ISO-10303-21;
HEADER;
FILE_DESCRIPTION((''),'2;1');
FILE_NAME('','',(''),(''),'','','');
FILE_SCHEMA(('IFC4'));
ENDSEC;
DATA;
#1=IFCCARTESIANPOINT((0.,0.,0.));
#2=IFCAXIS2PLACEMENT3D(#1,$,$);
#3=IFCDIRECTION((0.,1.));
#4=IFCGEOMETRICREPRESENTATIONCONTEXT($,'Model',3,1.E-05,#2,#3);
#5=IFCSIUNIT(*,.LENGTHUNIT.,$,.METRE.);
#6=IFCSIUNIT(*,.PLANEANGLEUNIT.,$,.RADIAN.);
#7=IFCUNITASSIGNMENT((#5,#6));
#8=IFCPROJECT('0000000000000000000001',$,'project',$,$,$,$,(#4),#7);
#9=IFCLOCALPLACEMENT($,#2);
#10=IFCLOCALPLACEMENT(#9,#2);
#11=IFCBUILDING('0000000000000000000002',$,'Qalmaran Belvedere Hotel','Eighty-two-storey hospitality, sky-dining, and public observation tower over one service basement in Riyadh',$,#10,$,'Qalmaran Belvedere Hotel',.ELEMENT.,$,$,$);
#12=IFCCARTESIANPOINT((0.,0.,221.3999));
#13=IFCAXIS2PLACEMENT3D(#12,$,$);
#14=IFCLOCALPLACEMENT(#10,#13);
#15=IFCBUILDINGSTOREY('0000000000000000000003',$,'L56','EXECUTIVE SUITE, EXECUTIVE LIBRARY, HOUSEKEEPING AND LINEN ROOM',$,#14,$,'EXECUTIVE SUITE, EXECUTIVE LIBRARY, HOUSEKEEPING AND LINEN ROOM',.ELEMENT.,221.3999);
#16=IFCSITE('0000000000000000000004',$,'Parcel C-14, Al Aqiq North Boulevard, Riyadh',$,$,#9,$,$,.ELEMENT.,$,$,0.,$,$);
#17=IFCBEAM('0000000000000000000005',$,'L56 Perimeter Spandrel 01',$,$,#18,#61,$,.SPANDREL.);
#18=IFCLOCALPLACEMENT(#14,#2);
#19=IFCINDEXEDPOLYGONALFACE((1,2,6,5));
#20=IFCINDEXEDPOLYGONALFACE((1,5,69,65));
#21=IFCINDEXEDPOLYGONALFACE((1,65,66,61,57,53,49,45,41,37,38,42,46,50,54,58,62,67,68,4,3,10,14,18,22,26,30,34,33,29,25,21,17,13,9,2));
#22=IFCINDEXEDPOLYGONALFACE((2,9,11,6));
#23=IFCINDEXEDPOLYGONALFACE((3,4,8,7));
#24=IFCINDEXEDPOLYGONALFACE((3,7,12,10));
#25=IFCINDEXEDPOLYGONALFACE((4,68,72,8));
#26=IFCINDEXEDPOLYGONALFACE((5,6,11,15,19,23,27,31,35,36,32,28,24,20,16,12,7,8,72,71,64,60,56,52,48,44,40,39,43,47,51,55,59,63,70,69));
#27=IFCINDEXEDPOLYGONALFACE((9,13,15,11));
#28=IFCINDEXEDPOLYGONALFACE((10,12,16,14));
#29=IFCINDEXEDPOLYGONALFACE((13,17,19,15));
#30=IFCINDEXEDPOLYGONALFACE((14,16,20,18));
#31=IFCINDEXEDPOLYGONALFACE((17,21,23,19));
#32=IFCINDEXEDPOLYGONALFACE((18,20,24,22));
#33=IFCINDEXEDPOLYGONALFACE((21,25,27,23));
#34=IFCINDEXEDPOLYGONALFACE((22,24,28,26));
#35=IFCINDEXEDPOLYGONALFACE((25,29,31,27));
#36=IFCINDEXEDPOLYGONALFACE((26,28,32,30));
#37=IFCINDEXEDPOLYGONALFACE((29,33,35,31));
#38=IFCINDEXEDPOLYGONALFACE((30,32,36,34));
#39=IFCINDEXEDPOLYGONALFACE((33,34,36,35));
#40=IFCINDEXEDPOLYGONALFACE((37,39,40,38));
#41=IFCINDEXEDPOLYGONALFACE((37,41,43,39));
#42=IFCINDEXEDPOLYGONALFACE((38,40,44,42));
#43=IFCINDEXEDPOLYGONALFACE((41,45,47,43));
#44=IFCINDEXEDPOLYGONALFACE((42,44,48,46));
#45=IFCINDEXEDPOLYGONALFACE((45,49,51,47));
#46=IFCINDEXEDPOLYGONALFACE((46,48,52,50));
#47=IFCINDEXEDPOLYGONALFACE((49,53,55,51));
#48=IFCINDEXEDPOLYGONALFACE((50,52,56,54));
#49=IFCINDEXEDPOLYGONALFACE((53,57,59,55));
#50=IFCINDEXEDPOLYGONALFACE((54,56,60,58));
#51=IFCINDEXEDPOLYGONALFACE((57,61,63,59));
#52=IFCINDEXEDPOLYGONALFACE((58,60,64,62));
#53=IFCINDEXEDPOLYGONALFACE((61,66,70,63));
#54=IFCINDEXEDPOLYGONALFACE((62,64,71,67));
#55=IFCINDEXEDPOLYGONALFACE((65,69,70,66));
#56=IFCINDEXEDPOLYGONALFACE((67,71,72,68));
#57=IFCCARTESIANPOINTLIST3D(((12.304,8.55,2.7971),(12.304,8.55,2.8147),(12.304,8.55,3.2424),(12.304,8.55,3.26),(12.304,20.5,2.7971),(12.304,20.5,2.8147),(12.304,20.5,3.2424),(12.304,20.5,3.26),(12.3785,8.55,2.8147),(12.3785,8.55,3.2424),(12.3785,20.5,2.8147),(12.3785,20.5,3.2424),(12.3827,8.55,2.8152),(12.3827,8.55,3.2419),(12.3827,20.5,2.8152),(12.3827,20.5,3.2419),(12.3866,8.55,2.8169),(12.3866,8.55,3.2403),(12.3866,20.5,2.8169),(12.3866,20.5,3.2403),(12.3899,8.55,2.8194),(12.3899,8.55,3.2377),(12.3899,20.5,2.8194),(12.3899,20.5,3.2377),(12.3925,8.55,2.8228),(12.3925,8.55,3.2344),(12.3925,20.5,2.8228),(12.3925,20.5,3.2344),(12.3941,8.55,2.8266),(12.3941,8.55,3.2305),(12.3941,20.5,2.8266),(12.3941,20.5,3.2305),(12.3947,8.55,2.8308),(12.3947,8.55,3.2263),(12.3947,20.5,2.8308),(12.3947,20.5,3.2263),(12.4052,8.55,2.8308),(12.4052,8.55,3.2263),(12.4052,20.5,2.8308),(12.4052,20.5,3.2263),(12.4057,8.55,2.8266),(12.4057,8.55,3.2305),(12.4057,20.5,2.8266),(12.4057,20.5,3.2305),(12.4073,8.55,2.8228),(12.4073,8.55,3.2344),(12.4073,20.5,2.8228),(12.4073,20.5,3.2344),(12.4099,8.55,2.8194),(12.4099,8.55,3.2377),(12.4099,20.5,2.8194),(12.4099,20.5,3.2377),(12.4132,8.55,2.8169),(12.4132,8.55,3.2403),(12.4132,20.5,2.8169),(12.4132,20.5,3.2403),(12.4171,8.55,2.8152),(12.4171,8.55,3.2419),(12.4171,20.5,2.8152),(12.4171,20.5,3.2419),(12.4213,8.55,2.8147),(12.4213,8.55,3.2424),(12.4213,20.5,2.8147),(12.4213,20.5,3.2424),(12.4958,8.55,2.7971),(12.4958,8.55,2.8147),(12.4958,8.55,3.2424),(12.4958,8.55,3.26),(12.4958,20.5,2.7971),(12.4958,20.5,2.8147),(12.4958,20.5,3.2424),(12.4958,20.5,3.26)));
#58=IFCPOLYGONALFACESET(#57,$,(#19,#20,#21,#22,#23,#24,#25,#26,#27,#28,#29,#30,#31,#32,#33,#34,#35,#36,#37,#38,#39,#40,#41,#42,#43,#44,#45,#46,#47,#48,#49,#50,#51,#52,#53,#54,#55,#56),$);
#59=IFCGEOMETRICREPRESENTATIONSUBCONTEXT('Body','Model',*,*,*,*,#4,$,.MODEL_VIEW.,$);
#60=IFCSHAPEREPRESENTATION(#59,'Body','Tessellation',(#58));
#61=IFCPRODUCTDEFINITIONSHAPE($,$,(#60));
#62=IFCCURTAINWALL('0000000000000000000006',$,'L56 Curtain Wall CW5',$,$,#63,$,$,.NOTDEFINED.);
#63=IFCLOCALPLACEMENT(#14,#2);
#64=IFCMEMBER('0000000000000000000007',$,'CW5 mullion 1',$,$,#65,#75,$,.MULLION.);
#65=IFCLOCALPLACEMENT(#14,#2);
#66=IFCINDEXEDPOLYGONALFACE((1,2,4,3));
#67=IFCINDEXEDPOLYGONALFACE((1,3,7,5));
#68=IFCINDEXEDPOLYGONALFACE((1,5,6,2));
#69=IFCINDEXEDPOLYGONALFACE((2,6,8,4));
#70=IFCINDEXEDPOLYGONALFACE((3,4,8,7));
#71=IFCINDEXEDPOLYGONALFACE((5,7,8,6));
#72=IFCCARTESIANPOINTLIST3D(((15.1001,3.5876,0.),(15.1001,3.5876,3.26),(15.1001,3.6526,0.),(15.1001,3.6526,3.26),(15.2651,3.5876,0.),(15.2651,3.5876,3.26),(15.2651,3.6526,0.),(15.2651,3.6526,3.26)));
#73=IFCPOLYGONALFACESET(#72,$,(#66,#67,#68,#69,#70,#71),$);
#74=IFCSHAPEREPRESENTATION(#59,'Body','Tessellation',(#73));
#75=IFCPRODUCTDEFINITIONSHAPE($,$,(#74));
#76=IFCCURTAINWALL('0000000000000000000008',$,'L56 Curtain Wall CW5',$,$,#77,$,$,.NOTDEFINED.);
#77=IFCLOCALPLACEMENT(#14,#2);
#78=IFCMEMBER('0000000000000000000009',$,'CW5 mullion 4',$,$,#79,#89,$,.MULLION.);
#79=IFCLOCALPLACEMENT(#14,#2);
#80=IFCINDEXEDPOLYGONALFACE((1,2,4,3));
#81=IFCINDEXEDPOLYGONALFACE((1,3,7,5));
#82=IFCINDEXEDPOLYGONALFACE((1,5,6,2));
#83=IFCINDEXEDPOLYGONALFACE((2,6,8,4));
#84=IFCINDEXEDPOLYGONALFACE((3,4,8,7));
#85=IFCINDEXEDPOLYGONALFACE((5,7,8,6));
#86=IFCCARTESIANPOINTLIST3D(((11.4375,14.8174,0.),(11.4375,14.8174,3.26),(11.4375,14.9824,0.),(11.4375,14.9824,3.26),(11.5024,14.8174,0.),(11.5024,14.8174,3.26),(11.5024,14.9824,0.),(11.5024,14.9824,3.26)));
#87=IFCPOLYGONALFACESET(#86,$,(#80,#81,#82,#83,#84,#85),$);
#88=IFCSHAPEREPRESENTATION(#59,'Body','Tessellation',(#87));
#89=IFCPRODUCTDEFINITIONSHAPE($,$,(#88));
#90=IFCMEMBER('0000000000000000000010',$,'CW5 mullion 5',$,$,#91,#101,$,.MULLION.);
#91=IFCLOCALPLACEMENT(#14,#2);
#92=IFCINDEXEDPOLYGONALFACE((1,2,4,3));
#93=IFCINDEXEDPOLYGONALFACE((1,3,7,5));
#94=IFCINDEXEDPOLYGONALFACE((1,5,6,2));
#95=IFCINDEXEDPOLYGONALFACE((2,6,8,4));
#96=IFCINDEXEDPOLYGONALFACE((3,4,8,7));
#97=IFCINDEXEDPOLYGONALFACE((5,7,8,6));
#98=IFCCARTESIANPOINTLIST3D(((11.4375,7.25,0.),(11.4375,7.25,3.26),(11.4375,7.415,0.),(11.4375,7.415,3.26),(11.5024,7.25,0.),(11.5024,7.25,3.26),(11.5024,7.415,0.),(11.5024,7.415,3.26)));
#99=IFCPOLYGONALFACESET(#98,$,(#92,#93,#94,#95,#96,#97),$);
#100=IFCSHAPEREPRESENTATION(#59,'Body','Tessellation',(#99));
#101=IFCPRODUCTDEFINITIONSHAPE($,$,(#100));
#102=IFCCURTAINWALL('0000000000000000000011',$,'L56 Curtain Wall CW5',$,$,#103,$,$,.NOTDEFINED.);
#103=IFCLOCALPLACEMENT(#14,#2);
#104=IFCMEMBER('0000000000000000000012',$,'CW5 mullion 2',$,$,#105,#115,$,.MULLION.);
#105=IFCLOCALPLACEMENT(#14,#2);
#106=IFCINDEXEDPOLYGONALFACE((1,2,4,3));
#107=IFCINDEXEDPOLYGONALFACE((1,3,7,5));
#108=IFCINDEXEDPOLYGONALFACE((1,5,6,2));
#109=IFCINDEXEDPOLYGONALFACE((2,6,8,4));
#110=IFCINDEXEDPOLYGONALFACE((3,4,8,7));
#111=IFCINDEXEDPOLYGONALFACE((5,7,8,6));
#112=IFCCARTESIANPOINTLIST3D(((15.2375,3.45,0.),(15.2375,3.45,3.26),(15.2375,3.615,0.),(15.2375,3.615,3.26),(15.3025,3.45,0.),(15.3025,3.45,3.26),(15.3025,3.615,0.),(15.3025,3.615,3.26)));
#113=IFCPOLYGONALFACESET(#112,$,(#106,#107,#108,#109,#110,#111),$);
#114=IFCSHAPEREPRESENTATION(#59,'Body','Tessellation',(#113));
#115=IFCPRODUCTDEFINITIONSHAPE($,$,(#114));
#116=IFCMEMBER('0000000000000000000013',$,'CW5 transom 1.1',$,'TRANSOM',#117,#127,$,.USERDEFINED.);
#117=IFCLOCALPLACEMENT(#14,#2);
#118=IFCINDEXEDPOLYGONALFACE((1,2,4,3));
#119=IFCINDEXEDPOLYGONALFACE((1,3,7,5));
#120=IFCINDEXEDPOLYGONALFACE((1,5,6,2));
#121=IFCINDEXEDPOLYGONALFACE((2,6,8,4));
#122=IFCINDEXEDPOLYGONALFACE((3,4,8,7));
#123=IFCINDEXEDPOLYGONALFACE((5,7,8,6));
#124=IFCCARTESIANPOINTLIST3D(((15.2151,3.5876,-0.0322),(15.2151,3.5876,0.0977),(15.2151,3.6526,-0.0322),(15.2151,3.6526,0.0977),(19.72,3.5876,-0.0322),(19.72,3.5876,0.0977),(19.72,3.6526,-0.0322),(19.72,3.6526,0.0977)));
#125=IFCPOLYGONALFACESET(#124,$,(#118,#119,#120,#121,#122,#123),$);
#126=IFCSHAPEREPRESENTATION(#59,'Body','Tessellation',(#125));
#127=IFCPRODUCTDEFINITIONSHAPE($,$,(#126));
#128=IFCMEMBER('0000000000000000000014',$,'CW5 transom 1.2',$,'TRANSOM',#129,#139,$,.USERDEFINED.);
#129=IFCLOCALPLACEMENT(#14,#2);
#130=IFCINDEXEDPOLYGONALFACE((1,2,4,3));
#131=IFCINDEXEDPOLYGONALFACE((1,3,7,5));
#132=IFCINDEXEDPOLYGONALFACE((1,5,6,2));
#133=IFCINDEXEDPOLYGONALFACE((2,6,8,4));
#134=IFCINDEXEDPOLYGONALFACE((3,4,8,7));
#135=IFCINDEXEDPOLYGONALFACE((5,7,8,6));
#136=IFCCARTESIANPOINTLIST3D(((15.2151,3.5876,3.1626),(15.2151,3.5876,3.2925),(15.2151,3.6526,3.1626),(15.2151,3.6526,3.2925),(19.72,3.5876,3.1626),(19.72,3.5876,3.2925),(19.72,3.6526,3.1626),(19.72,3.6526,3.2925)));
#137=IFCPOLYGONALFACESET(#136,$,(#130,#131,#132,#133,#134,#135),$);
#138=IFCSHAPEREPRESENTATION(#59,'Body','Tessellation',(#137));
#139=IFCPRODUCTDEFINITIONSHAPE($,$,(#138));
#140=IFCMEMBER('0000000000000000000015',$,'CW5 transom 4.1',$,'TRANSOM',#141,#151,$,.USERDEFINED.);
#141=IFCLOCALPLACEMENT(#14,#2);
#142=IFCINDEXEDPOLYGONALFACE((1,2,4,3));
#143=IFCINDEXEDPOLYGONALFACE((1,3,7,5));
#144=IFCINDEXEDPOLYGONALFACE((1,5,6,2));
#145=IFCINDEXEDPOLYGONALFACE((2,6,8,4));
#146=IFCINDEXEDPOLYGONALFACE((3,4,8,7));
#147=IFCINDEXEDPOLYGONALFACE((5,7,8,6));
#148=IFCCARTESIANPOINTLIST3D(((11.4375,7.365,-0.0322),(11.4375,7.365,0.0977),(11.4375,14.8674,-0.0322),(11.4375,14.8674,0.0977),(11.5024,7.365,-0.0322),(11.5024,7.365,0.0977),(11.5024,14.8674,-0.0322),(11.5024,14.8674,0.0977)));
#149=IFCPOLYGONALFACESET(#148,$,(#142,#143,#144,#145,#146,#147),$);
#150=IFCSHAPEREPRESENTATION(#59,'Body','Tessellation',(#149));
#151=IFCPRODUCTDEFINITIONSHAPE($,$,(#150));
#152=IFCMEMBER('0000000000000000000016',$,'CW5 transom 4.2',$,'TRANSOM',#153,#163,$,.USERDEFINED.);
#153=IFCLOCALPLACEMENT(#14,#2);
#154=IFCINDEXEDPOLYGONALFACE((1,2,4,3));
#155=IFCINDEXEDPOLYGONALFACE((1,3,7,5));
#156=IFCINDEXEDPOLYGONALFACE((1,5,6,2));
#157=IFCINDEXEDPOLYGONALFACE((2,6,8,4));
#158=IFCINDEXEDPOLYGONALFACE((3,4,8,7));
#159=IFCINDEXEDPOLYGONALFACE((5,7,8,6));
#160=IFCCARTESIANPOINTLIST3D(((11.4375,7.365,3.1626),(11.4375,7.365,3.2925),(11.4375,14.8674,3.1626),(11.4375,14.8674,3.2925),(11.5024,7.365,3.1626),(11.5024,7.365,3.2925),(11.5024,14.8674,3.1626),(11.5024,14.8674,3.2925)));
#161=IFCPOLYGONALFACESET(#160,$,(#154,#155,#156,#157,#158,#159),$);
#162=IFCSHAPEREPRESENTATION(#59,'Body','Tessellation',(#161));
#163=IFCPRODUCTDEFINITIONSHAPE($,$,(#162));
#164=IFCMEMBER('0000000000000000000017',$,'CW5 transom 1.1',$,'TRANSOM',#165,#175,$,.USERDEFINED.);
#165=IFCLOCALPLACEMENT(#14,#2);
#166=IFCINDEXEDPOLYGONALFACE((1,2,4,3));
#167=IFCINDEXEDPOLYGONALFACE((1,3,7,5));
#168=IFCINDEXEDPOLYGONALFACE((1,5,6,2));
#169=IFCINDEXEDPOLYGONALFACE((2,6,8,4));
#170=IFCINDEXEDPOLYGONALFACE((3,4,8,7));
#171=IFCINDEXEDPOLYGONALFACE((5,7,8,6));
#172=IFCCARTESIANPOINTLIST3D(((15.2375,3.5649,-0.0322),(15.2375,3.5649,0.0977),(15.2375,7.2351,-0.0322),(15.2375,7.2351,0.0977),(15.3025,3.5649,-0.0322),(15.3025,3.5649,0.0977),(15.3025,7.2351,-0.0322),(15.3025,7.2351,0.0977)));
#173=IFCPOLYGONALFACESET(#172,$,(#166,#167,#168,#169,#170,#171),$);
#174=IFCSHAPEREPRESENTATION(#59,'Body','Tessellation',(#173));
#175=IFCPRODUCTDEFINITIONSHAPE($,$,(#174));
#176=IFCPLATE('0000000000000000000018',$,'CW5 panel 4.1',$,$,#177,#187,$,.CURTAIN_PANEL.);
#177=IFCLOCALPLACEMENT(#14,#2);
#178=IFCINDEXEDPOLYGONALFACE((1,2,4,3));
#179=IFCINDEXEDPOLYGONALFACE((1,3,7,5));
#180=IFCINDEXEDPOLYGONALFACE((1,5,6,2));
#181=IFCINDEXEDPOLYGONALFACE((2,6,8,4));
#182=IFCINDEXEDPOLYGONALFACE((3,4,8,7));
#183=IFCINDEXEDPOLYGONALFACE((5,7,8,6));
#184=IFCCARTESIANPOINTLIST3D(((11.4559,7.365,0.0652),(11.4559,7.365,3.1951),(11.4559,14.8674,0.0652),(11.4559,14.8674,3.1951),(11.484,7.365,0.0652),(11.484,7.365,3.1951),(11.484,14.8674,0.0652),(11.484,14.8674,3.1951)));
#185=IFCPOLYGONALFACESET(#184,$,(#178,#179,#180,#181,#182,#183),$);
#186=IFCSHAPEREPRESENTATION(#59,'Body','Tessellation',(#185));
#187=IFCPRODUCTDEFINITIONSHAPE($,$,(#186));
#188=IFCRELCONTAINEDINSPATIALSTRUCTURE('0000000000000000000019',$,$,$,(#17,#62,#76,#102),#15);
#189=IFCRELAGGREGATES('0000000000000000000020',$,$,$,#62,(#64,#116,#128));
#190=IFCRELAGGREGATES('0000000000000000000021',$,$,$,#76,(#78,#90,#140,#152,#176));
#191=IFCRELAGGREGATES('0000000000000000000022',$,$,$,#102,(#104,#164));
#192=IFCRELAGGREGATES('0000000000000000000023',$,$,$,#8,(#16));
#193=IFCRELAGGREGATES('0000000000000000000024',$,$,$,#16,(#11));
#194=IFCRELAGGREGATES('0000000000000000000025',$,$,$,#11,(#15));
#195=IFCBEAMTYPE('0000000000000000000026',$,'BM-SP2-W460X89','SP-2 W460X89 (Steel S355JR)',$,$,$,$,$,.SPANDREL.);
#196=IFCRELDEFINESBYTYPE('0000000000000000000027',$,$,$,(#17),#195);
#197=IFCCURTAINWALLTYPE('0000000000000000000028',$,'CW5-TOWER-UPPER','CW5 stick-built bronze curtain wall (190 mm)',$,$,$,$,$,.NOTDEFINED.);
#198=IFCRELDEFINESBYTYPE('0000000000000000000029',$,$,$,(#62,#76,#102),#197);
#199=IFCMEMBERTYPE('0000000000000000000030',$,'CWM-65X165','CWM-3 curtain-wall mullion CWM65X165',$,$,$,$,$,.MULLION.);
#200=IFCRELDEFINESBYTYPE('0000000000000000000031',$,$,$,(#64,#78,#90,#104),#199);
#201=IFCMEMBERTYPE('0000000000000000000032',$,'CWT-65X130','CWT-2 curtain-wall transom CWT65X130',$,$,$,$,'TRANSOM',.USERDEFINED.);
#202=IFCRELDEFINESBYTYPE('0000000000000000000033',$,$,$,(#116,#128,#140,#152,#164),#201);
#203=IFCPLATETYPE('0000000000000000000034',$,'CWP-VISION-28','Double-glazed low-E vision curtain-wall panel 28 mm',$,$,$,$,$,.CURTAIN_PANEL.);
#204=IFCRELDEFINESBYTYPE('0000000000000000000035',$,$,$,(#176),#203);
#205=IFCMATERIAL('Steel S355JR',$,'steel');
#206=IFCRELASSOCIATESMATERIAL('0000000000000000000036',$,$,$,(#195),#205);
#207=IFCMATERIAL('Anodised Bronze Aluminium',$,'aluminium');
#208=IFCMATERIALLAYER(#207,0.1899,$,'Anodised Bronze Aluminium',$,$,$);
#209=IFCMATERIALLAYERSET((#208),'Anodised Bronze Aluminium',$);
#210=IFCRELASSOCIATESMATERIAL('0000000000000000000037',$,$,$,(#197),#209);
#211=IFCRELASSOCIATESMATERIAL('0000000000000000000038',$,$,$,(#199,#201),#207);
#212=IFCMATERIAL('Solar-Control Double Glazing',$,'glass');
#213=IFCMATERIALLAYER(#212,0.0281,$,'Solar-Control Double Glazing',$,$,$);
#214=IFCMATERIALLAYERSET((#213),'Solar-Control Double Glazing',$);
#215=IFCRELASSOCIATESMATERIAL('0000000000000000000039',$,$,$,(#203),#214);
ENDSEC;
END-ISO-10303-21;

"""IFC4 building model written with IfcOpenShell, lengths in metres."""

from ifc_helpers import new_model, si_unit, direction, frame, origin, origin_2d, place, context, subcontext, project, spatial, rectangle, i_section, extrude, material, layer, layer_set, material_profile, profile_set, type_object, element, aggregate, save


model = new_model("IFC4")

# Units and contexts
model_context = context("Model", 3, precision=1e-05, world=origin(), true_north=direction((0.0, 1.0)))
body_context = subcontext(model_context, "Body", "Model", "MODEL_VIEW")
ifc_project = project(units=[si_unit("LENGTHUNIT", "METRE"), si_unit("PLANEANGLEUNIT", "RADIAN")], contexts=[model_context])

# Site, building, storey
site_placement = place(None, origin())
site = spatial("IfcSite", under=ifc_project, at=site_placement, Name="Parcel C-14, Al Aqiq North Boulevard, Riyadh", CompositionType="ELEMENT", RefElevation=0.0)
building_placement = place(site_placement, origin())
building = spatial("IfcBuilding", under=site, at=building_placement, Name="Qalmaran Belvedere Hotel", Description="Eighty-two-storey hospitality, sky-dining, and public observation tower over one service basement in Riyadh", LongName="Qalmaran Belvedere Hotel", CompositionType="ELEMENT")
storey_placement = place(building_placement, frame((0.0, 0.0, 221.3999)))
storey = spatial("IfcBuildingStorey", under=building, at=storey_placement, Name="L56", Description="EXECUTIVE SUITE, EXECUTIVE LIBRARY, HOUSEKEEPING AND LINEN ROOM", LongName="EXECUTIVE SUITE, EXECUTIVE LIBRARY, HOUSEKEEPING AND LINEN ROOM", CompositionType="ELEMENT", Elevation=221.3999)

# Beam
ifc_material_1 = material(Name="Steel S355JR", Category="steel")
ifc_material_profile_1 = material_profile(ifc_material_1, i_section(OverallWidth=0.1919, OverallDepth=0.4629, WebThickness=0.0105, FlangeThickness=0.0176, FilletRadius=0.0161, at=origin_2d()), Name="W460X89")
ifc_profile_set_1 = profile_set([ifc_material_profile_1], Name="Steel S355JR")
beam_type_1 = type_object("IfcBeamType", Name="BM-SP2-W460X89", Description="SP-2 W460X89 (Steel S355JR)", PredefinedType="SPANDREL", material=ifc_profile_set_1)
beam_1_placement = place(storey_placement, frame((12.3999, 8.55, 3.0286), z_axis=(0.0, 1.0, 0.0), x_axis=(-1.0, 0.0, 0.0)))
element("IfcBeam", 1, at=beam_1_placement, inside=storey, type_object=beam_type_1, Name="L56 Perimeter Spandrel 01", PredefinedType="SPANDREL", context=body_context, shape_type="SweptSolid", body=[
    extrude(i_section(OverallWidth=0.1919, OverallDepth=0.4629, WebThickness=0.0105, FlangeThickness=0.0176, FilletRadius=0.0161, at=origin_2d()), origin(), (0.0, 0.0, 1.0), 11.95),
])

# Curtain wall, member
ifc_material_2 = material(Name="Anodised Bronze Aluminium", Category="aluminium")
ifc_layer_1 = layer(ifc_material_2, 0.1899, Name="Anodised Bronze Aluminium")
ifc_layer_set_1 = layer_set([ifc_layer_1], Name="Anodised Bronze Aluminium")
curtain_wall_type = type_object("IfcCurtainWallType", Name="CW5-TOWER-UPPER", Description="CW5 stick-built bronze curtain wall (190 mm)", PredefinedType="NOTDEFINED", material=ifc_layer_set_1)
curtain_wall_1_placement = place(storey_placement, origin())
curtain_wall_1 = element("IfcCurtainWall", 2, at=curtain_wall_1_placement, inside=storey, type_object=curtain_wall_type, Name="L56 Curtain Wall CW5", PredefinedType="NOTDEFINED")
ifc_material_profile_2 = material_profile(ifc_material_2, rectangle(XDim=0.0649, YDim=0.165, at=origin_2d()), Name="CWM65X165")
ifc_profile_set_2 = profile_set([ifc_material_profile_2], Name="Anodised Bronze Aluminium")
member_type_1 = type_object("IfcMemberType", Name="CWM-65X165", Description="CWM-3 curtain-wall mullion CWM65X165", PredefinedType="MULLION", material=ifc_profile_set_2)
member_1_placement = place(storey_placement, frame((15.1826, 3.6201, 0.0), z_axis=(0.0, 0.0, 1.0), x_axis=(0.0, 1.0, 0.0)))
member_1 = element("IfcMember", 3, at=member_1_placement, type_object=member_type_1, Name="CW5 mullion 1", PredefinedType="MULLION", context=body_context, shape_type="SweptSolid", body=[
    extrude(rectangle(XDim=0.0649, YDim=0.165, at=origin_2d()), origin(), (0.0, 0.0, 1.0), 3.26),
])

# Curtain wall, members
curtain_wall_2_placement = place(storey_placement, origin())
curtain_wall_2 = element("IfcCurtainWall", 4, at=curtain_wall_2_placement, inside=storey, type_object=curtain_wall_type, Name="L56 Curtain Wall CW5", PredefinedType="NOTDEFINED")
member_2_placement = place(storey_placement, frame((11.47, 14.8999, 0.0), z_axis=(0.0, 0.0, 1.0), x_axis=(1.0, 0.0, 0.0)))
member_2 = element("IfcMember", 5, at=member_2_placement, type_object=member_type_1, Name="CW5 mullion 4", PredefinedType="MULLION", context=body_context, shape_type="SweptSolid", body=[
    extrude(rectangle(XDim=0.0649, YDim=0.165, at=origin_2d()), origin(), (0.0, 0.0, 1.0), 3.26),
])
member_3_placement = place(storey_placement, frame((11.47, 7.3325, 0.0), z_axis=(0.0, 0.0, 1.0), x_axis=(1.0, 0.0, 0.0)))
member_3 = element("IfcMember", 6, at=member_3_placement, type_object=member_type_1, Name="CW5 mullion 5", PredefinedType="MULLION", context=body_context, shape_type="SweptSolid", body=[
    extrude(rectangle(XDim=0.0649, YDim=0.165, at=origin_2d()), origin(), (0.0, 0.0, 1.0), 3.26),
])

# Curtain wall, member
curtain_wall_3_placement = place(storey_placement, origin())
curtain_wall_3 = element("IfcCurtainWall", 7, at=curtain_wall_3_placement, inside=storey, type_object=curtain_wall_type, Name="L56 Curtain Wall CW5", PredefinedType="NOTDEFINED")
member_4_placement = place(storey_placement, frame((15.27, 3.5325, 0.0), z_axis=(0.0, 0.0, 1.0), x_axis=(1.0, 0.0, 0.0)))
member_4 = element("IfcMember", 8, at=member_4_placement, type_object=member_type_1, Name="CW5 mullion 2", PredefinedType="MULLION", context=body_context, shape_type="SweptSolid", body=[
    extrude(rectangle(XDim=0.0649, YDim=0.165, at=origin_2d()), origin(), (0.0, 0.0, 1.0), 3.26),
])

# Members
ifc_material_profile_3 = material_profile(ifc_material_2, rectangle(XDim=0.0649, YDim=0.1299, at=origin_2d()), Name="CWT65X130")
ifc_profile_set_3 = profile_set([ifc_material_profile_3], Name="Anodised Bronze Aluminium")
member_type_2 = type_object("IfcMemberType", Name="CWT-65X130", Description="CWT-2 curtain-wall transom CWT65X130", ElementType="TRANSOM", PredefinedType="USERDEFINED", material=ifc_profile_set_3)
member_5_placement = place(storey_placement, frame((15.2151, 3.6201, 0.0327), z_axis=(1.0, 0.0, 0.0), x_axis=(0.0, 1.0, 0.0)))
member_5 = element("IfcMember", 9, at=member_5_placement, type_object=member_type_2, Name="CW5 transom 1.1", ObjectType="TRANSOM", PredefinedType="USERDEFINED", context=body_context, shape_type="SweptSolid", body=[
    extrude(rectangle(XDim=0.0649, YDim=0.1299, at=origin_2d()), origin(), (0.0, 0.0, 1.0), 4.5049),
])
member_6_placement = place(storey_placement, frame((15.2151, 3.6201, 3.2275), z_axis=(1.0, 0.0, 0.0), x_axis=(0.0, 1.0, 0.0)))
member_6 = element("IfcMember", 10, at=member_6_placement, type_object=member_type_2, Name="CW5 transom 1.2", ObjectType="TRANSOM", PredefinedType="USERDEFINED", context=body_context, shape_type="SweptSolid", body=[
    extrude(rectangle(XDim=0.0649, YDim=0.1299, at=origin_2d()), origin(), (0.0, 0.0, 1.0), 4.5049),
])
aggregate(curtain_wall_1, [member_1, member_5, member_6])
member_7_placement = place(storey_placement, frame((11.47, 14.8674, 0.0327), z_axis=(0.0, -1.0, 0.0), x_axis=(1.0, 0.0, 0.0)))
member_7 = element("IfcMember", 11, at=member_7_placement, type_object=member_type_2, Name="CW5 transom 4.1", ObjectType="TRANSOM", PredefinedType="USERDEFINED", context=body_context, shape_type="SweptSolid", body=[
    extrude(rectangle(XDim=0.0649, YDim=0.1299, at=origin_2d()), origin(), (0.0, 0.0, 1.0), 7.5024),
])
member_8_placement = place(storey_placement, frame((11.47, 14.8674, 3.2275), z_axis=(0.0, -1.0, 0.0), x_axis=(1.0, 0.0, 0.0)))
member_8 = element("IfcMember", 12, at=member_8_placement, type_object=member_type_2, Name="CW5 transom 4.2", ObjectType="TRANSOM", PredefinedType="USERDEFINED", context=body_context, shape_type="SweptSolid", body=[
    extrude(rectangle(XDim=0.0649, YDim=0.1299, at=origin_2d()), origin(), (0.0, 0.0, 1.0), 7.5024),
])
member_9_placement = place(storey_placement, frame((15.27, 7.2351, 0.0327), z_axis=(0.0, -1.0, 0.0), x_axis=(1.0, 0.0, 0.0)))
member_9 = element("IfcMember", 13, at=member_9_placement, type_object=member_type_2, Name="CW5 transom 1.1", ObjectType="TRANSOM", PredefinedType="USERDEFINED", context=body_context, shape_type="SweptSolid", body=[
    extrude(rectangle(XDim=0.0649, YDim=0.1299, at=origin_2d()), origin(), (0.0, 0.0, 1.0), 3.6702),
])

# Plate
ifc_material_3 = material(Name="Solar-Control Double Glazing", Category="glass")
ifc_layer_2 = layer(ifc_material_3, 0.0281, Name="Solar-Control Double Glazing")
ifc_layer_set_2 = layer_set([ifc_layer_2], Name="Solar-Control Double Glazing")
plate_type = type_object("IfcPlateType", Name="CWP-VISION-28", Description="Double-glazed low-E vision curtain-wall panel 28 mm", PredefinedType="CURTAIN_PANEL", material=ifc_layer_set_2)
plate_1_placement = place(storey_placement, frame((11.47, 11.1162, 0.0652), z_axis=(0.0, 0.0, 1.0), x_axis=(0.0, -1.0, 0.0)))
plate_1 = element("IfcPlate", 14, at=plate_1_placement, type_object=plate_type, Name="CW5 panel 4.1", PredefinedType="CURTAIN_PANEL", context=body_context, shape_type="SweptSolid", body=[
    extrude(rectangle(XDim=7.5024, YDim=0.0281, at=origin_2d()), origin(), (0.0, 0.0, 1.0), 3.1299),
])
aggregate(curtain_wall_2, [member_2, member_3, member_7, member_8, plate_1])
aggregate(curtain_wall_3, [member_4, member_9])

save(model, "model.ifc")
